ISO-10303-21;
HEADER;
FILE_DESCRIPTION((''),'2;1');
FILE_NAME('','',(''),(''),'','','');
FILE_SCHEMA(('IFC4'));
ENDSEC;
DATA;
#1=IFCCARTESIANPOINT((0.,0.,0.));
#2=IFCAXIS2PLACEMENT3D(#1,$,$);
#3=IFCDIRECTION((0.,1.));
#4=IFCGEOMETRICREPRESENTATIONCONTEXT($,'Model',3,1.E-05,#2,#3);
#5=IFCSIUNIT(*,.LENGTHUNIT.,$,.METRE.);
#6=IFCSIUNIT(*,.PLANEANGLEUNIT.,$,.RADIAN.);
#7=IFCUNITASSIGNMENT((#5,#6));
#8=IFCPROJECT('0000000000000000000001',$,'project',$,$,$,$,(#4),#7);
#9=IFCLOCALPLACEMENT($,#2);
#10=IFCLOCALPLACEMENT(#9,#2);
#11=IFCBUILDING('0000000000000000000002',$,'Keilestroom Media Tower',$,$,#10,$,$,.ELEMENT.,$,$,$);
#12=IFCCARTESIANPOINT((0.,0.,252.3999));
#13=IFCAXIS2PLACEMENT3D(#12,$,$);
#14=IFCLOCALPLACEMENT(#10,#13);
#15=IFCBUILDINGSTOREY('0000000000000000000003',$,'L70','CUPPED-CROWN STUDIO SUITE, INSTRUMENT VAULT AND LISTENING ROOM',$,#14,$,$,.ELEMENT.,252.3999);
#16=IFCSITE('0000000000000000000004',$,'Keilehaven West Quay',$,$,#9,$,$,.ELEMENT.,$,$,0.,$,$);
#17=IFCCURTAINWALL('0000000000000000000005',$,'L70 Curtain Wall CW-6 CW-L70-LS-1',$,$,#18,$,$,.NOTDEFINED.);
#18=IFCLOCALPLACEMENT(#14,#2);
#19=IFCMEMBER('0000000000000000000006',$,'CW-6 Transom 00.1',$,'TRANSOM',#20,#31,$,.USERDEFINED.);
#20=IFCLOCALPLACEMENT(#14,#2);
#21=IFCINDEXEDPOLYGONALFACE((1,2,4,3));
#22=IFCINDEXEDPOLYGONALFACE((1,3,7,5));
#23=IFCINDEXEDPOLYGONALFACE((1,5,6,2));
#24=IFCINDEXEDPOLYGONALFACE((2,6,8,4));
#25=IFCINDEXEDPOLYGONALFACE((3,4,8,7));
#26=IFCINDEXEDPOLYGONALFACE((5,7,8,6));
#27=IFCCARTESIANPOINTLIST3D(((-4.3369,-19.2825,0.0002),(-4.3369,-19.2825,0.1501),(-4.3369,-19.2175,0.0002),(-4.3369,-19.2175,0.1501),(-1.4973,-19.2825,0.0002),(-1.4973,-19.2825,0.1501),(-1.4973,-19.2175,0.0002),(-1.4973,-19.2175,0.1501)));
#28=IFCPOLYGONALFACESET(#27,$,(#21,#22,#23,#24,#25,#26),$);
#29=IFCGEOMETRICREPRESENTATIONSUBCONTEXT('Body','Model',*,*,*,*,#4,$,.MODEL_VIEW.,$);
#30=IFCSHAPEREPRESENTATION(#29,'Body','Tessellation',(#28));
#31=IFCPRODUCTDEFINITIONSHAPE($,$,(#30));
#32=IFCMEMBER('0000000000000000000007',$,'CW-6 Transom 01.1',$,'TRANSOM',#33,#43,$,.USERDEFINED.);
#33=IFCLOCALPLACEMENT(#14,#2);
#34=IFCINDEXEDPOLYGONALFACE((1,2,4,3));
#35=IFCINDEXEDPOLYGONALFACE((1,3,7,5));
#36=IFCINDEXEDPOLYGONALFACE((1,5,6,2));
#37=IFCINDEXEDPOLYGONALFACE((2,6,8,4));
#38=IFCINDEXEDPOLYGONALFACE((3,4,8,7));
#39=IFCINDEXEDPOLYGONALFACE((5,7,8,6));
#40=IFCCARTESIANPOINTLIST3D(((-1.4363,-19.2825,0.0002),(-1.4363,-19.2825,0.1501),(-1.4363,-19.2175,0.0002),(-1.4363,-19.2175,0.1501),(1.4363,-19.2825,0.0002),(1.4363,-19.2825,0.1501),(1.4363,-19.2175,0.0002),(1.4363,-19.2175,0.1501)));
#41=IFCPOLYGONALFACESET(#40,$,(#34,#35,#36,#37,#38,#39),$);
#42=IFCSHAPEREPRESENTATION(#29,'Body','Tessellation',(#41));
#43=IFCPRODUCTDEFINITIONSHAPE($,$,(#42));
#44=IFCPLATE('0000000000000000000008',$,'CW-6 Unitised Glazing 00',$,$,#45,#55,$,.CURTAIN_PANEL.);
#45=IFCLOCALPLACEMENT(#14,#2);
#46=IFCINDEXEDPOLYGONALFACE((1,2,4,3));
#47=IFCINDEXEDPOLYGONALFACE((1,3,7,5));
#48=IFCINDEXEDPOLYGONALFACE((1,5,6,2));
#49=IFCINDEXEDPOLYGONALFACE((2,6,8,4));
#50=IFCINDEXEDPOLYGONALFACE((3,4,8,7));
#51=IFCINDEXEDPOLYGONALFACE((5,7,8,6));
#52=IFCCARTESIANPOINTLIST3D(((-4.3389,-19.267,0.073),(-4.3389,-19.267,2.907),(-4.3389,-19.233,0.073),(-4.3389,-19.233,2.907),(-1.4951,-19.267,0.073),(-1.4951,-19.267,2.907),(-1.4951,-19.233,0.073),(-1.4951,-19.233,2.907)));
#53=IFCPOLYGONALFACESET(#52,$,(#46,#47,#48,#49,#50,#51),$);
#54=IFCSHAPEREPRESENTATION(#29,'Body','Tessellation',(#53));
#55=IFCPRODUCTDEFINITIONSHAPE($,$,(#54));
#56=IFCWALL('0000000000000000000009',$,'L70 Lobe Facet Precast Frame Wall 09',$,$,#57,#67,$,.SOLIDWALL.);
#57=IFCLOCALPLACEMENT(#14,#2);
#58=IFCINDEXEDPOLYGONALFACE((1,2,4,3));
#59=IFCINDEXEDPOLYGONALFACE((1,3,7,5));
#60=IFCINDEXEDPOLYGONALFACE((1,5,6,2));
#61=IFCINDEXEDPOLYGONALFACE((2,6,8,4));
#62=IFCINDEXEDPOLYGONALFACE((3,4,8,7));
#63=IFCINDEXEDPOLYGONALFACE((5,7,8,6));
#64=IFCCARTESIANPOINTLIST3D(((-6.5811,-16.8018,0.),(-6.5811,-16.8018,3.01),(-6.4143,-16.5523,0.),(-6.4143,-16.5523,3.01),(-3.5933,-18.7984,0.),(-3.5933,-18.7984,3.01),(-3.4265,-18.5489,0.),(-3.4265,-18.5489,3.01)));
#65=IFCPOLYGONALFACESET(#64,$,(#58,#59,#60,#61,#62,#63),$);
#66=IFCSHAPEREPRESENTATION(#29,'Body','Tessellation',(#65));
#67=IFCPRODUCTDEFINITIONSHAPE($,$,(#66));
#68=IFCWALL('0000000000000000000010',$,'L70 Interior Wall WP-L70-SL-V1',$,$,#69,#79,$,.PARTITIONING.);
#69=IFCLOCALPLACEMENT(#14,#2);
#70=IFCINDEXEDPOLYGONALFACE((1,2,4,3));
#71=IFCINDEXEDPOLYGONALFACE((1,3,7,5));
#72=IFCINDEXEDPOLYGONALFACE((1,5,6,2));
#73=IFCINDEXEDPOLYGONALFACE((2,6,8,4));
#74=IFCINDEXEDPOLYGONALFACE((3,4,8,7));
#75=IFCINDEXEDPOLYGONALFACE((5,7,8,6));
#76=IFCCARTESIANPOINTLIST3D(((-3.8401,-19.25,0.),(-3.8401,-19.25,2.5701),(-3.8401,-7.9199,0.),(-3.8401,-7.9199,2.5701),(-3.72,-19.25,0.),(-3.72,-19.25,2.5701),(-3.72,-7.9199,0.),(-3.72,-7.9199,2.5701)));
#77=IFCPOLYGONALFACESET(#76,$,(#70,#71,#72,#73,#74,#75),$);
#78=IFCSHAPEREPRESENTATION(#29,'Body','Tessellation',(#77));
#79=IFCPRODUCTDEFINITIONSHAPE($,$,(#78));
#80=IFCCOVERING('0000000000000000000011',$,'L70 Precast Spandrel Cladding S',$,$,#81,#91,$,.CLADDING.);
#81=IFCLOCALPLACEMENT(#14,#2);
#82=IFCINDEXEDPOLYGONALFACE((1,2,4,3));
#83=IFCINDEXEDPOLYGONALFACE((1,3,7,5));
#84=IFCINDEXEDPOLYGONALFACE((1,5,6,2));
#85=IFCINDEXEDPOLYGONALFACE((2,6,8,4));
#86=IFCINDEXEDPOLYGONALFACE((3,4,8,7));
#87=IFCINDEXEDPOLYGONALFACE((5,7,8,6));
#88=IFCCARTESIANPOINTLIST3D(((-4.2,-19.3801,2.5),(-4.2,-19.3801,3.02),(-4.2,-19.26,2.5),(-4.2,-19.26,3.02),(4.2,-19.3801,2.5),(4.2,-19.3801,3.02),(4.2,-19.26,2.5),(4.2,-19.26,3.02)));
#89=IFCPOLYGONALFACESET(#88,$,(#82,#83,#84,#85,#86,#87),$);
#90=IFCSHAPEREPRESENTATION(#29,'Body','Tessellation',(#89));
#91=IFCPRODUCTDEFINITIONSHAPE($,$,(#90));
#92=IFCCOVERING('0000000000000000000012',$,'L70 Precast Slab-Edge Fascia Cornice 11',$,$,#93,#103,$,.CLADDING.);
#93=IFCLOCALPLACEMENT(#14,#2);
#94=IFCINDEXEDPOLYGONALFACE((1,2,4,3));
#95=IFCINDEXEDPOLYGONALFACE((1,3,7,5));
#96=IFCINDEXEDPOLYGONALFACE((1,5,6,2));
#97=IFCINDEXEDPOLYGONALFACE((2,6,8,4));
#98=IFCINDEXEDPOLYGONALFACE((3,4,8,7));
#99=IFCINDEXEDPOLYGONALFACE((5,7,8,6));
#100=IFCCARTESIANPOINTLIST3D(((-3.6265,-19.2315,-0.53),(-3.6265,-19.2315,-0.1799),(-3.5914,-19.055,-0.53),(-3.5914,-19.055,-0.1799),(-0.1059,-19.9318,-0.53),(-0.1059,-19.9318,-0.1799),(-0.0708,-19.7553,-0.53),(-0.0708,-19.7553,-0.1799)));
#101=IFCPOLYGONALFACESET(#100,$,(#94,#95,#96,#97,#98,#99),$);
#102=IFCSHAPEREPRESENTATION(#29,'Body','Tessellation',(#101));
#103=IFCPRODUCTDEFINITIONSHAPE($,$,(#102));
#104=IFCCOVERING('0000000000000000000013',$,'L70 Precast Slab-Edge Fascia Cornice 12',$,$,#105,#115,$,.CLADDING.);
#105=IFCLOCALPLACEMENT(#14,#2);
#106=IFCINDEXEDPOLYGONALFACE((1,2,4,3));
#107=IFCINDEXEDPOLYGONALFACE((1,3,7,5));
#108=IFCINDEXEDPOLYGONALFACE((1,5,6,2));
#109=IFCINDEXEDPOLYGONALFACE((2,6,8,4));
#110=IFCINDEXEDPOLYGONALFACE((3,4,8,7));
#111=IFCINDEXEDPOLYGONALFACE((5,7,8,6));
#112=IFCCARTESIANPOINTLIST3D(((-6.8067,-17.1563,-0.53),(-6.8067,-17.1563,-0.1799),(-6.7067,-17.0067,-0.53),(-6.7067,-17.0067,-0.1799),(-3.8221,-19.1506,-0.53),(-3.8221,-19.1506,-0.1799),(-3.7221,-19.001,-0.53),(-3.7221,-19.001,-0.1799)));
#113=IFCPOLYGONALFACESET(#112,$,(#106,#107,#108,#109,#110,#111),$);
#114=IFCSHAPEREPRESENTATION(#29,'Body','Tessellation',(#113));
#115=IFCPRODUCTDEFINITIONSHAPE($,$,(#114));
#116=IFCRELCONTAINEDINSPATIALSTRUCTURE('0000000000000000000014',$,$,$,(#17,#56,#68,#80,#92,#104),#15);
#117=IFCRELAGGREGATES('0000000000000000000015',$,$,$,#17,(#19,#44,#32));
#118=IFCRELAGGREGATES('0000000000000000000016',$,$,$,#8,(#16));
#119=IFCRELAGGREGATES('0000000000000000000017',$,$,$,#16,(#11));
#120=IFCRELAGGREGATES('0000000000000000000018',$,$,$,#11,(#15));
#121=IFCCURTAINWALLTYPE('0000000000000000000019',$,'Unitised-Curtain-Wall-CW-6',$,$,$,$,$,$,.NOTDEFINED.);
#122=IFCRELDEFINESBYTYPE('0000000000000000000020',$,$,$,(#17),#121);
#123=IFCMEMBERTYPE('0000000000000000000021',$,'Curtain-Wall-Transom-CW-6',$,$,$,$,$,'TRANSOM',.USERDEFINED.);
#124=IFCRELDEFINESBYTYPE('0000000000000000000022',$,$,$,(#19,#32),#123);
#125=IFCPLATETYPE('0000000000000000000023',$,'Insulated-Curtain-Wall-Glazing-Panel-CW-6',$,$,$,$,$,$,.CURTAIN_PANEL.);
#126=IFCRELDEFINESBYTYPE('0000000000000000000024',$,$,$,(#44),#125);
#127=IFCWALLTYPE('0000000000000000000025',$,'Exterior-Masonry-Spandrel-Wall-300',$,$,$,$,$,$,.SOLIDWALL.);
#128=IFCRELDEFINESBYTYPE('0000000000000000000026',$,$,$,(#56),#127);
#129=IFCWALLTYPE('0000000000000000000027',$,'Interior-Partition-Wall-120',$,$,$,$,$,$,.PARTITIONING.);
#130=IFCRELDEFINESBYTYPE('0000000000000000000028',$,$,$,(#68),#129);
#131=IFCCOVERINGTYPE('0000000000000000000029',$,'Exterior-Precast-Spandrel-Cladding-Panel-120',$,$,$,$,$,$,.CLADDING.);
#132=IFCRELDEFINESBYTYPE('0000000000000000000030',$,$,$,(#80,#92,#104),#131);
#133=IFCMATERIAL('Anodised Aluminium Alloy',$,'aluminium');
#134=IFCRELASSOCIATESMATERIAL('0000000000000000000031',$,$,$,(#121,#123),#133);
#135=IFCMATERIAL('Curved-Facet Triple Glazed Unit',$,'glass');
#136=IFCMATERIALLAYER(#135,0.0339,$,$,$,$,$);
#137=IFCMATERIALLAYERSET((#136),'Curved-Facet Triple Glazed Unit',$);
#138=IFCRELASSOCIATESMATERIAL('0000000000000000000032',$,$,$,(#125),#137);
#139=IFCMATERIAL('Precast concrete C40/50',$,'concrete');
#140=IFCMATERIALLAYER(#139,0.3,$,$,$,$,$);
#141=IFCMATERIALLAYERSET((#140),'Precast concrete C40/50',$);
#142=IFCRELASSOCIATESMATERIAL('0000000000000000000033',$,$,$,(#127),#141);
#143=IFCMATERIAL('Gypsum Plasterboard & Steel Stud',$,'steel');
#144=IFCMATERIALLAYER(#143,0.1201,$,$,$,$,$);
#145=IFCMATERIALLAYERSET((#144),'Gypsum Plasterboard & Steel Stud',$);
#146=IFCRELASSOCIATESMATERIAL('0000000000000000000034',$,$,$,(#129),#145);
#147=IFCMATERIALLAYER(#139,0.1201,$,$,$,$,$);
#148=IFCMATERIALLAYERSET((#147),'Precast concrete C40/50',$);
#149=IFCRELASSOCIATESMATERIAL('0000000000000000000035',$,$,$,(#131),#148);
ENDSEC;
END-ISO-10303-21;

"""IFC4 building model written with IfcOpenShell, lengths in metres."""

from ifc_helpers import new_model, si_unit, direction, frame, frame_2d, origin, origin_2d, place, context, subcontext, project, spatial, rectangle, extrude, source, transform, mapped, material, layer, layer_set, material_profile, profile_set, type_object, element, aggregate, save


model = new_model("IFC4")

# Units and contexts
model_context = context("Model", 3, precision=1e-05, world=origin(), true_north=direction((0.0, 1.0)))
body_context = subcontext(model_context, "Body", "Model", "MODEL_VIEW")
ifc_project = project(units=[si_unit("LENGTHUNIT", "METRE"), si_unit("PLANEANGLEUNIT", "RADIAN")], contexts=[model_context])

# Site, building, storey
site_placement = place(None, origin())
site = spatial("IfcSite", under=ifc_project, at=site_placement, Name="Keilehaven West Quay", CompositionType="ELEMENT", RefElevation=0.0)
building_placement = place(site_placement, origin())
building = spatial("IfcBuilding", under=site, at=building_placement, Name="Keilestroom Media Tower", CompositionType="ELEMENT")
storey_placement = place(building_placement, frame((0.0, 0.0, 252.3999)))
storey = spatial("IfcBuildingStorey", under=building, at=storey_placement, Name="L70", Description="CUPPED-CROWN STUDIO SUITE, INSTRUMENT VAULT AND LISTENING ROOM", CompositionType="ELEMENT", Elevation=252.3999)

# Curtain wall, members, plate
ifc_material_1 = material(Name="Anodised Aluminium Alloy", Category="aluminium")
curtain_wall_type = type_object("IfcCurtainWallType", Name="Unitised-Curtain-Wall-CW-6", PredefinedType="NOTDEFINED", material=ifc_material_1)
curtain_wall_placement = place(storey_placement, origin())
curtain_wall = element("IfcCurtainWall", 1, at=curtain_wall_placement, inside=storey, type_object=curtain_wall_type, Name="L70 Curtain Wall CW-6 CW-L70-LS-1", PredefinedType="NOTDEFINED")
ifc_material_profile_1 = material_profile(ifc_material_1, rectangle(XDim=0.0649, YDim=0.1499, at=origin_2d()), Name="ALU TRANSOM 65x150")
ifc_profile_set_1 = profile_set([ifc_material_profile_1], Name="Anodised Aluminium Alloy")
member_type_1 = type_object("IfcMemberType", Name="Curtain-Wall-Transom-CW-6", ElementType="TRANSOM", PredefinedType="USERDEFINED", material=ifc_profile_set_1)
shared_shape_1 = source(origin(), body_context, "Body", "SweptSolid", [
    extrude(rectangle(XDim=0.0649, YDim=0.1499, at=origin_2d()), origin(), (0.0, 0.0, 1.0), 2.8396),
])
member_1_placement = place(storey_placement, frame((-4.3369, -19.25, 0.0752), z_axis=(1.0, 0.0, 0.0), x_axis=(0.0, 1.0, 0.0)))
member_1 = element("IfcMember", 2, at=member_1_placement, type_object=member_type_1, Name="CW-6 Transom 00.1", ObjectType="TRANSOM", PredefinedType="USERDEFINED", context=body_context, shape_type="MappedRepresentation", body=[
    mapped(shared_shape_1, transform((0.0, 0.0, 0.0), x_axis=(1.0, 0.0, 0.0), y_axis=(0.0, 1.0, 0.0), z_axis=(0.0, 0.0, 1.0), scale=1.0)),
])
shared_shape_2 = source(origin(), body_context, "Body", "SweptSolid", [
    extrude(rectangle(XDim=0.0649, YDim=0.1499, at=origin_2d()), origin(), (0.0, 0.0, 1.0), 2.8726),
])
member_2_placement = place(storey_placement, frame((-1.4363, -19.25, 0.0752), z_axis=(1.0, 0.0, 0.0), x_axis=(0.0, 1.0, 0.0)))
member_2 = element("IfcMember", 3, at=member_2_placement, type_object=member_type_1, Name="CW-6 Transom 01.1", ObjectType="TRANSOM", PredefinedType="USERDEFINED", context=body_context, shape_type="MappedRepresentation", body=[
    mapped(shared_shape_2, transform((0.0, 0.0, 0.0), x_axis=(1.0, 0.0, 0.0), y_axis=(0.0, 1.0, 0.0), z_axis=(0.0, 0.0, 1.0), scale=1.0)),
])
ifc_material_2 = material(Name="Curved-Facet Triple Glazed Unit", Category="glass")
ifc_layer_1 = layer(ifc_material_2, 0.0339)
ifc_layer_set_1 = layer_set([ifc_layer_1], Name="Curved-Facet Triple Glazed Unit")
plate_type = type_object("IfcPlateType", Name="Insulated-Curtain-Wall-Glazing-Panel-CW-6", PredefinedType="CURTAIN_PANEL", material=ifc_layer_set_1)
shared_shape_3 = source(origin(), body_context, "Body", "SweptSolid", [
    extrude(rectangle(XDim=2.8438, YDim=0.0339, at=origin_2d()), origin(), (0.0, 0.0, 1.0), 2.834),
])
plate_placement = place(storey_placement, frame((-2.917, -19.25, 0.073), z_axis=(0.0, 0.0, 1.0), x_axis=(1.0, 0.0, 0.0)))
plate = element("IfcPlate", 4, at=plate_placement, type_object=plate_type, Name="CW-6 Unitised Glazing 00", PredefinedType="CURTAIN_PANEL", context=body_context, shape_type="MappedRepresentation", body=[
    mapped(shared_shape_3, transform((0.0, 0.0, 0.0), x_axis=(1.0, 0.0, 0.0), y_axis=(0.0, 1.0, 0.0), z_axis=(0.0, 0.0, 1.0), scale=1.0)),
])
aggregate(curtain_wall, [member_1, plate, member_2])

# Walls
ifc_material_3 = material(Name="Precast concrete C40/50", Category="concrete")
ifc_layer_2 = layer(ifc_material_3, 0.3)
ifc_layer_set_2 = layer_set([ifc_layer_2], Name="Precast concrete C40/50")
wall_type_1 = type_object("IfcWallType", Name="Exterior-Masonry-Spandrel-Wall-300", PredefinedType="SOLIDWALL", material=ifc_layer_set_2)
wall_1_placement = place(storey_placement, frame((-6.4978, -16.677, 0.0), z_axis=(0.0, 0.0, 1.0), x_axis=(0.831444, -0.555609, 0.0)))
element("IfcWall", 5, at=wall_1_placement, inside=storey, type_object=wall_type_1, Name="L70 Lobe Facet Precast Frame Wall 09", PredefinedType="SOLIDWALL", context=body_context, shape_type="SweptSolid", body=[
    extrude(rectangle(XDim=3.5935, YDim=0.3, at=frame_2d((1.7969, 0.0))), origin(), (0.0, 0.0, 1.0), 3.01),
])
ifc_material_4 = material(Name="Gypsum Plasterboard & Steel Stud", Category="steel")
ifc_layer_3 = layer(ifc_material_4, 0.1201)
ifc_layer_set_3 = layer_set([ifc_layer_3], Name="Gypsum Plasterboard & Steel Stud")
wall_type_2 = type_object("IfcWallType", Name="Interior-Partition-Wall-120", PredefinedType="PARTITIONING", material=ifc_layer_set_3)
wall_2_placement = place(storey_placement, frame((-3.78, -19.25, 0.0), z_axis=(0.0, 0.0, 1.0), x_axis=(0.0, 1.0, 0.0)))
element("IfcWall", 6, at=wall_2_placement, inside=storey, type_object=wall_type_2, Name="L70 Interior Wall WP-L70-SL-V1", PredefinedType="PARTITIONING", context=body_context, shape_type="SweptSolid", body=[
    extrude(rectangle(XDim=11.3301, YDim=0.1201, at=frame_2d((5.665, 0.0))), origin(), (0.0, 0.0, 1.0), 2.5701),
])

# Coverings
ifc_layer_4 = layer(ifc_material_3, 0.1201)
ifc_layer_set_4 = layer_set([ifc_layer_4], Name="Precast concrete C40/50")
covering_type = type_object("IfcCoveringType", Name="Exterior-Precast-Spandrel-Cladding-Panel-120", PredefinedType="CLADDING", material=ifc_layer_set_4)
shared_shape_4 = source(origin(), body_context, "Body", "SweptSolid", [
    extrude(rectangle(XDim=8.3999, YDim=0.1201, at=origin_2d()), origin(), (0.0, 0.0, 1.0), 0.52),
])
covering_placement = place(storey_placement, frame((0.0, -19.3201, 2.5), z_axis=(0.0, 0.0, 1.0), x_axis=(1.0, 0.0, 0.0)))
element("IfcCovering", 7, at=covering_placement, inside=storey, type_object=covering_type, Name="L70 Precast Spandrel Cladding S", PredefinedType="CLADDING", context=body_context, shape_type="MappedRepresentation", body=[
    mapped(shared_shape_4, transform((0.0, 0.0, 0.0), x_axis=(1.0, 0.0, 0.0), y_axis=(0.0, 1.0, 0.0), z_axis=(0.0, 0.0, 1.0), scale=1.0)),
])
shared_shape_5 = source(origin(), body_context, "Body", "SweptSolid", [
    extrude(rectangle(XDim=3.5896, YDim=0.1799, at=origin_2d()), origin(), (0.0, 0.0, 1.0), 0.3501),
])
for number, where, z_axis, x_axis, name in (
    (8, (-1.8486, -19.4934, -0.53), (0.0, 0.0, 1.0), (-0.980784, 0.195099, 0.0), "L70 Precast Slab-Edge Fascia Cornice 11"),
    (9, (-5.2644, -18.0786, -0.53), (0.0, 0.0, 1.0), (-0.831467, 0.555575, 0.0), "L70 Precast Slab-Edge Fascia Cornice 12"),
):
    element("IfcCovering", number, at=place(storey_placement, frame(where, z_axis=z_axis, x_axis=x_axis)), inside=storey, type_object=covering_type, Name=name, PredefinedType="CLADDING", context=body_context, shape_type="MappedRepresentation", body=[
        mapped(shared_shape_5, transform((0.0, 0.0, 0.0), x_axis=(1.0, 0.0, 0.0), y_axis=(0.0, 1.0, 0.0), z_axis=(0.0, 0.0, 1.0), scale=1.0)),
    ])

save(model, "model.ifc")
